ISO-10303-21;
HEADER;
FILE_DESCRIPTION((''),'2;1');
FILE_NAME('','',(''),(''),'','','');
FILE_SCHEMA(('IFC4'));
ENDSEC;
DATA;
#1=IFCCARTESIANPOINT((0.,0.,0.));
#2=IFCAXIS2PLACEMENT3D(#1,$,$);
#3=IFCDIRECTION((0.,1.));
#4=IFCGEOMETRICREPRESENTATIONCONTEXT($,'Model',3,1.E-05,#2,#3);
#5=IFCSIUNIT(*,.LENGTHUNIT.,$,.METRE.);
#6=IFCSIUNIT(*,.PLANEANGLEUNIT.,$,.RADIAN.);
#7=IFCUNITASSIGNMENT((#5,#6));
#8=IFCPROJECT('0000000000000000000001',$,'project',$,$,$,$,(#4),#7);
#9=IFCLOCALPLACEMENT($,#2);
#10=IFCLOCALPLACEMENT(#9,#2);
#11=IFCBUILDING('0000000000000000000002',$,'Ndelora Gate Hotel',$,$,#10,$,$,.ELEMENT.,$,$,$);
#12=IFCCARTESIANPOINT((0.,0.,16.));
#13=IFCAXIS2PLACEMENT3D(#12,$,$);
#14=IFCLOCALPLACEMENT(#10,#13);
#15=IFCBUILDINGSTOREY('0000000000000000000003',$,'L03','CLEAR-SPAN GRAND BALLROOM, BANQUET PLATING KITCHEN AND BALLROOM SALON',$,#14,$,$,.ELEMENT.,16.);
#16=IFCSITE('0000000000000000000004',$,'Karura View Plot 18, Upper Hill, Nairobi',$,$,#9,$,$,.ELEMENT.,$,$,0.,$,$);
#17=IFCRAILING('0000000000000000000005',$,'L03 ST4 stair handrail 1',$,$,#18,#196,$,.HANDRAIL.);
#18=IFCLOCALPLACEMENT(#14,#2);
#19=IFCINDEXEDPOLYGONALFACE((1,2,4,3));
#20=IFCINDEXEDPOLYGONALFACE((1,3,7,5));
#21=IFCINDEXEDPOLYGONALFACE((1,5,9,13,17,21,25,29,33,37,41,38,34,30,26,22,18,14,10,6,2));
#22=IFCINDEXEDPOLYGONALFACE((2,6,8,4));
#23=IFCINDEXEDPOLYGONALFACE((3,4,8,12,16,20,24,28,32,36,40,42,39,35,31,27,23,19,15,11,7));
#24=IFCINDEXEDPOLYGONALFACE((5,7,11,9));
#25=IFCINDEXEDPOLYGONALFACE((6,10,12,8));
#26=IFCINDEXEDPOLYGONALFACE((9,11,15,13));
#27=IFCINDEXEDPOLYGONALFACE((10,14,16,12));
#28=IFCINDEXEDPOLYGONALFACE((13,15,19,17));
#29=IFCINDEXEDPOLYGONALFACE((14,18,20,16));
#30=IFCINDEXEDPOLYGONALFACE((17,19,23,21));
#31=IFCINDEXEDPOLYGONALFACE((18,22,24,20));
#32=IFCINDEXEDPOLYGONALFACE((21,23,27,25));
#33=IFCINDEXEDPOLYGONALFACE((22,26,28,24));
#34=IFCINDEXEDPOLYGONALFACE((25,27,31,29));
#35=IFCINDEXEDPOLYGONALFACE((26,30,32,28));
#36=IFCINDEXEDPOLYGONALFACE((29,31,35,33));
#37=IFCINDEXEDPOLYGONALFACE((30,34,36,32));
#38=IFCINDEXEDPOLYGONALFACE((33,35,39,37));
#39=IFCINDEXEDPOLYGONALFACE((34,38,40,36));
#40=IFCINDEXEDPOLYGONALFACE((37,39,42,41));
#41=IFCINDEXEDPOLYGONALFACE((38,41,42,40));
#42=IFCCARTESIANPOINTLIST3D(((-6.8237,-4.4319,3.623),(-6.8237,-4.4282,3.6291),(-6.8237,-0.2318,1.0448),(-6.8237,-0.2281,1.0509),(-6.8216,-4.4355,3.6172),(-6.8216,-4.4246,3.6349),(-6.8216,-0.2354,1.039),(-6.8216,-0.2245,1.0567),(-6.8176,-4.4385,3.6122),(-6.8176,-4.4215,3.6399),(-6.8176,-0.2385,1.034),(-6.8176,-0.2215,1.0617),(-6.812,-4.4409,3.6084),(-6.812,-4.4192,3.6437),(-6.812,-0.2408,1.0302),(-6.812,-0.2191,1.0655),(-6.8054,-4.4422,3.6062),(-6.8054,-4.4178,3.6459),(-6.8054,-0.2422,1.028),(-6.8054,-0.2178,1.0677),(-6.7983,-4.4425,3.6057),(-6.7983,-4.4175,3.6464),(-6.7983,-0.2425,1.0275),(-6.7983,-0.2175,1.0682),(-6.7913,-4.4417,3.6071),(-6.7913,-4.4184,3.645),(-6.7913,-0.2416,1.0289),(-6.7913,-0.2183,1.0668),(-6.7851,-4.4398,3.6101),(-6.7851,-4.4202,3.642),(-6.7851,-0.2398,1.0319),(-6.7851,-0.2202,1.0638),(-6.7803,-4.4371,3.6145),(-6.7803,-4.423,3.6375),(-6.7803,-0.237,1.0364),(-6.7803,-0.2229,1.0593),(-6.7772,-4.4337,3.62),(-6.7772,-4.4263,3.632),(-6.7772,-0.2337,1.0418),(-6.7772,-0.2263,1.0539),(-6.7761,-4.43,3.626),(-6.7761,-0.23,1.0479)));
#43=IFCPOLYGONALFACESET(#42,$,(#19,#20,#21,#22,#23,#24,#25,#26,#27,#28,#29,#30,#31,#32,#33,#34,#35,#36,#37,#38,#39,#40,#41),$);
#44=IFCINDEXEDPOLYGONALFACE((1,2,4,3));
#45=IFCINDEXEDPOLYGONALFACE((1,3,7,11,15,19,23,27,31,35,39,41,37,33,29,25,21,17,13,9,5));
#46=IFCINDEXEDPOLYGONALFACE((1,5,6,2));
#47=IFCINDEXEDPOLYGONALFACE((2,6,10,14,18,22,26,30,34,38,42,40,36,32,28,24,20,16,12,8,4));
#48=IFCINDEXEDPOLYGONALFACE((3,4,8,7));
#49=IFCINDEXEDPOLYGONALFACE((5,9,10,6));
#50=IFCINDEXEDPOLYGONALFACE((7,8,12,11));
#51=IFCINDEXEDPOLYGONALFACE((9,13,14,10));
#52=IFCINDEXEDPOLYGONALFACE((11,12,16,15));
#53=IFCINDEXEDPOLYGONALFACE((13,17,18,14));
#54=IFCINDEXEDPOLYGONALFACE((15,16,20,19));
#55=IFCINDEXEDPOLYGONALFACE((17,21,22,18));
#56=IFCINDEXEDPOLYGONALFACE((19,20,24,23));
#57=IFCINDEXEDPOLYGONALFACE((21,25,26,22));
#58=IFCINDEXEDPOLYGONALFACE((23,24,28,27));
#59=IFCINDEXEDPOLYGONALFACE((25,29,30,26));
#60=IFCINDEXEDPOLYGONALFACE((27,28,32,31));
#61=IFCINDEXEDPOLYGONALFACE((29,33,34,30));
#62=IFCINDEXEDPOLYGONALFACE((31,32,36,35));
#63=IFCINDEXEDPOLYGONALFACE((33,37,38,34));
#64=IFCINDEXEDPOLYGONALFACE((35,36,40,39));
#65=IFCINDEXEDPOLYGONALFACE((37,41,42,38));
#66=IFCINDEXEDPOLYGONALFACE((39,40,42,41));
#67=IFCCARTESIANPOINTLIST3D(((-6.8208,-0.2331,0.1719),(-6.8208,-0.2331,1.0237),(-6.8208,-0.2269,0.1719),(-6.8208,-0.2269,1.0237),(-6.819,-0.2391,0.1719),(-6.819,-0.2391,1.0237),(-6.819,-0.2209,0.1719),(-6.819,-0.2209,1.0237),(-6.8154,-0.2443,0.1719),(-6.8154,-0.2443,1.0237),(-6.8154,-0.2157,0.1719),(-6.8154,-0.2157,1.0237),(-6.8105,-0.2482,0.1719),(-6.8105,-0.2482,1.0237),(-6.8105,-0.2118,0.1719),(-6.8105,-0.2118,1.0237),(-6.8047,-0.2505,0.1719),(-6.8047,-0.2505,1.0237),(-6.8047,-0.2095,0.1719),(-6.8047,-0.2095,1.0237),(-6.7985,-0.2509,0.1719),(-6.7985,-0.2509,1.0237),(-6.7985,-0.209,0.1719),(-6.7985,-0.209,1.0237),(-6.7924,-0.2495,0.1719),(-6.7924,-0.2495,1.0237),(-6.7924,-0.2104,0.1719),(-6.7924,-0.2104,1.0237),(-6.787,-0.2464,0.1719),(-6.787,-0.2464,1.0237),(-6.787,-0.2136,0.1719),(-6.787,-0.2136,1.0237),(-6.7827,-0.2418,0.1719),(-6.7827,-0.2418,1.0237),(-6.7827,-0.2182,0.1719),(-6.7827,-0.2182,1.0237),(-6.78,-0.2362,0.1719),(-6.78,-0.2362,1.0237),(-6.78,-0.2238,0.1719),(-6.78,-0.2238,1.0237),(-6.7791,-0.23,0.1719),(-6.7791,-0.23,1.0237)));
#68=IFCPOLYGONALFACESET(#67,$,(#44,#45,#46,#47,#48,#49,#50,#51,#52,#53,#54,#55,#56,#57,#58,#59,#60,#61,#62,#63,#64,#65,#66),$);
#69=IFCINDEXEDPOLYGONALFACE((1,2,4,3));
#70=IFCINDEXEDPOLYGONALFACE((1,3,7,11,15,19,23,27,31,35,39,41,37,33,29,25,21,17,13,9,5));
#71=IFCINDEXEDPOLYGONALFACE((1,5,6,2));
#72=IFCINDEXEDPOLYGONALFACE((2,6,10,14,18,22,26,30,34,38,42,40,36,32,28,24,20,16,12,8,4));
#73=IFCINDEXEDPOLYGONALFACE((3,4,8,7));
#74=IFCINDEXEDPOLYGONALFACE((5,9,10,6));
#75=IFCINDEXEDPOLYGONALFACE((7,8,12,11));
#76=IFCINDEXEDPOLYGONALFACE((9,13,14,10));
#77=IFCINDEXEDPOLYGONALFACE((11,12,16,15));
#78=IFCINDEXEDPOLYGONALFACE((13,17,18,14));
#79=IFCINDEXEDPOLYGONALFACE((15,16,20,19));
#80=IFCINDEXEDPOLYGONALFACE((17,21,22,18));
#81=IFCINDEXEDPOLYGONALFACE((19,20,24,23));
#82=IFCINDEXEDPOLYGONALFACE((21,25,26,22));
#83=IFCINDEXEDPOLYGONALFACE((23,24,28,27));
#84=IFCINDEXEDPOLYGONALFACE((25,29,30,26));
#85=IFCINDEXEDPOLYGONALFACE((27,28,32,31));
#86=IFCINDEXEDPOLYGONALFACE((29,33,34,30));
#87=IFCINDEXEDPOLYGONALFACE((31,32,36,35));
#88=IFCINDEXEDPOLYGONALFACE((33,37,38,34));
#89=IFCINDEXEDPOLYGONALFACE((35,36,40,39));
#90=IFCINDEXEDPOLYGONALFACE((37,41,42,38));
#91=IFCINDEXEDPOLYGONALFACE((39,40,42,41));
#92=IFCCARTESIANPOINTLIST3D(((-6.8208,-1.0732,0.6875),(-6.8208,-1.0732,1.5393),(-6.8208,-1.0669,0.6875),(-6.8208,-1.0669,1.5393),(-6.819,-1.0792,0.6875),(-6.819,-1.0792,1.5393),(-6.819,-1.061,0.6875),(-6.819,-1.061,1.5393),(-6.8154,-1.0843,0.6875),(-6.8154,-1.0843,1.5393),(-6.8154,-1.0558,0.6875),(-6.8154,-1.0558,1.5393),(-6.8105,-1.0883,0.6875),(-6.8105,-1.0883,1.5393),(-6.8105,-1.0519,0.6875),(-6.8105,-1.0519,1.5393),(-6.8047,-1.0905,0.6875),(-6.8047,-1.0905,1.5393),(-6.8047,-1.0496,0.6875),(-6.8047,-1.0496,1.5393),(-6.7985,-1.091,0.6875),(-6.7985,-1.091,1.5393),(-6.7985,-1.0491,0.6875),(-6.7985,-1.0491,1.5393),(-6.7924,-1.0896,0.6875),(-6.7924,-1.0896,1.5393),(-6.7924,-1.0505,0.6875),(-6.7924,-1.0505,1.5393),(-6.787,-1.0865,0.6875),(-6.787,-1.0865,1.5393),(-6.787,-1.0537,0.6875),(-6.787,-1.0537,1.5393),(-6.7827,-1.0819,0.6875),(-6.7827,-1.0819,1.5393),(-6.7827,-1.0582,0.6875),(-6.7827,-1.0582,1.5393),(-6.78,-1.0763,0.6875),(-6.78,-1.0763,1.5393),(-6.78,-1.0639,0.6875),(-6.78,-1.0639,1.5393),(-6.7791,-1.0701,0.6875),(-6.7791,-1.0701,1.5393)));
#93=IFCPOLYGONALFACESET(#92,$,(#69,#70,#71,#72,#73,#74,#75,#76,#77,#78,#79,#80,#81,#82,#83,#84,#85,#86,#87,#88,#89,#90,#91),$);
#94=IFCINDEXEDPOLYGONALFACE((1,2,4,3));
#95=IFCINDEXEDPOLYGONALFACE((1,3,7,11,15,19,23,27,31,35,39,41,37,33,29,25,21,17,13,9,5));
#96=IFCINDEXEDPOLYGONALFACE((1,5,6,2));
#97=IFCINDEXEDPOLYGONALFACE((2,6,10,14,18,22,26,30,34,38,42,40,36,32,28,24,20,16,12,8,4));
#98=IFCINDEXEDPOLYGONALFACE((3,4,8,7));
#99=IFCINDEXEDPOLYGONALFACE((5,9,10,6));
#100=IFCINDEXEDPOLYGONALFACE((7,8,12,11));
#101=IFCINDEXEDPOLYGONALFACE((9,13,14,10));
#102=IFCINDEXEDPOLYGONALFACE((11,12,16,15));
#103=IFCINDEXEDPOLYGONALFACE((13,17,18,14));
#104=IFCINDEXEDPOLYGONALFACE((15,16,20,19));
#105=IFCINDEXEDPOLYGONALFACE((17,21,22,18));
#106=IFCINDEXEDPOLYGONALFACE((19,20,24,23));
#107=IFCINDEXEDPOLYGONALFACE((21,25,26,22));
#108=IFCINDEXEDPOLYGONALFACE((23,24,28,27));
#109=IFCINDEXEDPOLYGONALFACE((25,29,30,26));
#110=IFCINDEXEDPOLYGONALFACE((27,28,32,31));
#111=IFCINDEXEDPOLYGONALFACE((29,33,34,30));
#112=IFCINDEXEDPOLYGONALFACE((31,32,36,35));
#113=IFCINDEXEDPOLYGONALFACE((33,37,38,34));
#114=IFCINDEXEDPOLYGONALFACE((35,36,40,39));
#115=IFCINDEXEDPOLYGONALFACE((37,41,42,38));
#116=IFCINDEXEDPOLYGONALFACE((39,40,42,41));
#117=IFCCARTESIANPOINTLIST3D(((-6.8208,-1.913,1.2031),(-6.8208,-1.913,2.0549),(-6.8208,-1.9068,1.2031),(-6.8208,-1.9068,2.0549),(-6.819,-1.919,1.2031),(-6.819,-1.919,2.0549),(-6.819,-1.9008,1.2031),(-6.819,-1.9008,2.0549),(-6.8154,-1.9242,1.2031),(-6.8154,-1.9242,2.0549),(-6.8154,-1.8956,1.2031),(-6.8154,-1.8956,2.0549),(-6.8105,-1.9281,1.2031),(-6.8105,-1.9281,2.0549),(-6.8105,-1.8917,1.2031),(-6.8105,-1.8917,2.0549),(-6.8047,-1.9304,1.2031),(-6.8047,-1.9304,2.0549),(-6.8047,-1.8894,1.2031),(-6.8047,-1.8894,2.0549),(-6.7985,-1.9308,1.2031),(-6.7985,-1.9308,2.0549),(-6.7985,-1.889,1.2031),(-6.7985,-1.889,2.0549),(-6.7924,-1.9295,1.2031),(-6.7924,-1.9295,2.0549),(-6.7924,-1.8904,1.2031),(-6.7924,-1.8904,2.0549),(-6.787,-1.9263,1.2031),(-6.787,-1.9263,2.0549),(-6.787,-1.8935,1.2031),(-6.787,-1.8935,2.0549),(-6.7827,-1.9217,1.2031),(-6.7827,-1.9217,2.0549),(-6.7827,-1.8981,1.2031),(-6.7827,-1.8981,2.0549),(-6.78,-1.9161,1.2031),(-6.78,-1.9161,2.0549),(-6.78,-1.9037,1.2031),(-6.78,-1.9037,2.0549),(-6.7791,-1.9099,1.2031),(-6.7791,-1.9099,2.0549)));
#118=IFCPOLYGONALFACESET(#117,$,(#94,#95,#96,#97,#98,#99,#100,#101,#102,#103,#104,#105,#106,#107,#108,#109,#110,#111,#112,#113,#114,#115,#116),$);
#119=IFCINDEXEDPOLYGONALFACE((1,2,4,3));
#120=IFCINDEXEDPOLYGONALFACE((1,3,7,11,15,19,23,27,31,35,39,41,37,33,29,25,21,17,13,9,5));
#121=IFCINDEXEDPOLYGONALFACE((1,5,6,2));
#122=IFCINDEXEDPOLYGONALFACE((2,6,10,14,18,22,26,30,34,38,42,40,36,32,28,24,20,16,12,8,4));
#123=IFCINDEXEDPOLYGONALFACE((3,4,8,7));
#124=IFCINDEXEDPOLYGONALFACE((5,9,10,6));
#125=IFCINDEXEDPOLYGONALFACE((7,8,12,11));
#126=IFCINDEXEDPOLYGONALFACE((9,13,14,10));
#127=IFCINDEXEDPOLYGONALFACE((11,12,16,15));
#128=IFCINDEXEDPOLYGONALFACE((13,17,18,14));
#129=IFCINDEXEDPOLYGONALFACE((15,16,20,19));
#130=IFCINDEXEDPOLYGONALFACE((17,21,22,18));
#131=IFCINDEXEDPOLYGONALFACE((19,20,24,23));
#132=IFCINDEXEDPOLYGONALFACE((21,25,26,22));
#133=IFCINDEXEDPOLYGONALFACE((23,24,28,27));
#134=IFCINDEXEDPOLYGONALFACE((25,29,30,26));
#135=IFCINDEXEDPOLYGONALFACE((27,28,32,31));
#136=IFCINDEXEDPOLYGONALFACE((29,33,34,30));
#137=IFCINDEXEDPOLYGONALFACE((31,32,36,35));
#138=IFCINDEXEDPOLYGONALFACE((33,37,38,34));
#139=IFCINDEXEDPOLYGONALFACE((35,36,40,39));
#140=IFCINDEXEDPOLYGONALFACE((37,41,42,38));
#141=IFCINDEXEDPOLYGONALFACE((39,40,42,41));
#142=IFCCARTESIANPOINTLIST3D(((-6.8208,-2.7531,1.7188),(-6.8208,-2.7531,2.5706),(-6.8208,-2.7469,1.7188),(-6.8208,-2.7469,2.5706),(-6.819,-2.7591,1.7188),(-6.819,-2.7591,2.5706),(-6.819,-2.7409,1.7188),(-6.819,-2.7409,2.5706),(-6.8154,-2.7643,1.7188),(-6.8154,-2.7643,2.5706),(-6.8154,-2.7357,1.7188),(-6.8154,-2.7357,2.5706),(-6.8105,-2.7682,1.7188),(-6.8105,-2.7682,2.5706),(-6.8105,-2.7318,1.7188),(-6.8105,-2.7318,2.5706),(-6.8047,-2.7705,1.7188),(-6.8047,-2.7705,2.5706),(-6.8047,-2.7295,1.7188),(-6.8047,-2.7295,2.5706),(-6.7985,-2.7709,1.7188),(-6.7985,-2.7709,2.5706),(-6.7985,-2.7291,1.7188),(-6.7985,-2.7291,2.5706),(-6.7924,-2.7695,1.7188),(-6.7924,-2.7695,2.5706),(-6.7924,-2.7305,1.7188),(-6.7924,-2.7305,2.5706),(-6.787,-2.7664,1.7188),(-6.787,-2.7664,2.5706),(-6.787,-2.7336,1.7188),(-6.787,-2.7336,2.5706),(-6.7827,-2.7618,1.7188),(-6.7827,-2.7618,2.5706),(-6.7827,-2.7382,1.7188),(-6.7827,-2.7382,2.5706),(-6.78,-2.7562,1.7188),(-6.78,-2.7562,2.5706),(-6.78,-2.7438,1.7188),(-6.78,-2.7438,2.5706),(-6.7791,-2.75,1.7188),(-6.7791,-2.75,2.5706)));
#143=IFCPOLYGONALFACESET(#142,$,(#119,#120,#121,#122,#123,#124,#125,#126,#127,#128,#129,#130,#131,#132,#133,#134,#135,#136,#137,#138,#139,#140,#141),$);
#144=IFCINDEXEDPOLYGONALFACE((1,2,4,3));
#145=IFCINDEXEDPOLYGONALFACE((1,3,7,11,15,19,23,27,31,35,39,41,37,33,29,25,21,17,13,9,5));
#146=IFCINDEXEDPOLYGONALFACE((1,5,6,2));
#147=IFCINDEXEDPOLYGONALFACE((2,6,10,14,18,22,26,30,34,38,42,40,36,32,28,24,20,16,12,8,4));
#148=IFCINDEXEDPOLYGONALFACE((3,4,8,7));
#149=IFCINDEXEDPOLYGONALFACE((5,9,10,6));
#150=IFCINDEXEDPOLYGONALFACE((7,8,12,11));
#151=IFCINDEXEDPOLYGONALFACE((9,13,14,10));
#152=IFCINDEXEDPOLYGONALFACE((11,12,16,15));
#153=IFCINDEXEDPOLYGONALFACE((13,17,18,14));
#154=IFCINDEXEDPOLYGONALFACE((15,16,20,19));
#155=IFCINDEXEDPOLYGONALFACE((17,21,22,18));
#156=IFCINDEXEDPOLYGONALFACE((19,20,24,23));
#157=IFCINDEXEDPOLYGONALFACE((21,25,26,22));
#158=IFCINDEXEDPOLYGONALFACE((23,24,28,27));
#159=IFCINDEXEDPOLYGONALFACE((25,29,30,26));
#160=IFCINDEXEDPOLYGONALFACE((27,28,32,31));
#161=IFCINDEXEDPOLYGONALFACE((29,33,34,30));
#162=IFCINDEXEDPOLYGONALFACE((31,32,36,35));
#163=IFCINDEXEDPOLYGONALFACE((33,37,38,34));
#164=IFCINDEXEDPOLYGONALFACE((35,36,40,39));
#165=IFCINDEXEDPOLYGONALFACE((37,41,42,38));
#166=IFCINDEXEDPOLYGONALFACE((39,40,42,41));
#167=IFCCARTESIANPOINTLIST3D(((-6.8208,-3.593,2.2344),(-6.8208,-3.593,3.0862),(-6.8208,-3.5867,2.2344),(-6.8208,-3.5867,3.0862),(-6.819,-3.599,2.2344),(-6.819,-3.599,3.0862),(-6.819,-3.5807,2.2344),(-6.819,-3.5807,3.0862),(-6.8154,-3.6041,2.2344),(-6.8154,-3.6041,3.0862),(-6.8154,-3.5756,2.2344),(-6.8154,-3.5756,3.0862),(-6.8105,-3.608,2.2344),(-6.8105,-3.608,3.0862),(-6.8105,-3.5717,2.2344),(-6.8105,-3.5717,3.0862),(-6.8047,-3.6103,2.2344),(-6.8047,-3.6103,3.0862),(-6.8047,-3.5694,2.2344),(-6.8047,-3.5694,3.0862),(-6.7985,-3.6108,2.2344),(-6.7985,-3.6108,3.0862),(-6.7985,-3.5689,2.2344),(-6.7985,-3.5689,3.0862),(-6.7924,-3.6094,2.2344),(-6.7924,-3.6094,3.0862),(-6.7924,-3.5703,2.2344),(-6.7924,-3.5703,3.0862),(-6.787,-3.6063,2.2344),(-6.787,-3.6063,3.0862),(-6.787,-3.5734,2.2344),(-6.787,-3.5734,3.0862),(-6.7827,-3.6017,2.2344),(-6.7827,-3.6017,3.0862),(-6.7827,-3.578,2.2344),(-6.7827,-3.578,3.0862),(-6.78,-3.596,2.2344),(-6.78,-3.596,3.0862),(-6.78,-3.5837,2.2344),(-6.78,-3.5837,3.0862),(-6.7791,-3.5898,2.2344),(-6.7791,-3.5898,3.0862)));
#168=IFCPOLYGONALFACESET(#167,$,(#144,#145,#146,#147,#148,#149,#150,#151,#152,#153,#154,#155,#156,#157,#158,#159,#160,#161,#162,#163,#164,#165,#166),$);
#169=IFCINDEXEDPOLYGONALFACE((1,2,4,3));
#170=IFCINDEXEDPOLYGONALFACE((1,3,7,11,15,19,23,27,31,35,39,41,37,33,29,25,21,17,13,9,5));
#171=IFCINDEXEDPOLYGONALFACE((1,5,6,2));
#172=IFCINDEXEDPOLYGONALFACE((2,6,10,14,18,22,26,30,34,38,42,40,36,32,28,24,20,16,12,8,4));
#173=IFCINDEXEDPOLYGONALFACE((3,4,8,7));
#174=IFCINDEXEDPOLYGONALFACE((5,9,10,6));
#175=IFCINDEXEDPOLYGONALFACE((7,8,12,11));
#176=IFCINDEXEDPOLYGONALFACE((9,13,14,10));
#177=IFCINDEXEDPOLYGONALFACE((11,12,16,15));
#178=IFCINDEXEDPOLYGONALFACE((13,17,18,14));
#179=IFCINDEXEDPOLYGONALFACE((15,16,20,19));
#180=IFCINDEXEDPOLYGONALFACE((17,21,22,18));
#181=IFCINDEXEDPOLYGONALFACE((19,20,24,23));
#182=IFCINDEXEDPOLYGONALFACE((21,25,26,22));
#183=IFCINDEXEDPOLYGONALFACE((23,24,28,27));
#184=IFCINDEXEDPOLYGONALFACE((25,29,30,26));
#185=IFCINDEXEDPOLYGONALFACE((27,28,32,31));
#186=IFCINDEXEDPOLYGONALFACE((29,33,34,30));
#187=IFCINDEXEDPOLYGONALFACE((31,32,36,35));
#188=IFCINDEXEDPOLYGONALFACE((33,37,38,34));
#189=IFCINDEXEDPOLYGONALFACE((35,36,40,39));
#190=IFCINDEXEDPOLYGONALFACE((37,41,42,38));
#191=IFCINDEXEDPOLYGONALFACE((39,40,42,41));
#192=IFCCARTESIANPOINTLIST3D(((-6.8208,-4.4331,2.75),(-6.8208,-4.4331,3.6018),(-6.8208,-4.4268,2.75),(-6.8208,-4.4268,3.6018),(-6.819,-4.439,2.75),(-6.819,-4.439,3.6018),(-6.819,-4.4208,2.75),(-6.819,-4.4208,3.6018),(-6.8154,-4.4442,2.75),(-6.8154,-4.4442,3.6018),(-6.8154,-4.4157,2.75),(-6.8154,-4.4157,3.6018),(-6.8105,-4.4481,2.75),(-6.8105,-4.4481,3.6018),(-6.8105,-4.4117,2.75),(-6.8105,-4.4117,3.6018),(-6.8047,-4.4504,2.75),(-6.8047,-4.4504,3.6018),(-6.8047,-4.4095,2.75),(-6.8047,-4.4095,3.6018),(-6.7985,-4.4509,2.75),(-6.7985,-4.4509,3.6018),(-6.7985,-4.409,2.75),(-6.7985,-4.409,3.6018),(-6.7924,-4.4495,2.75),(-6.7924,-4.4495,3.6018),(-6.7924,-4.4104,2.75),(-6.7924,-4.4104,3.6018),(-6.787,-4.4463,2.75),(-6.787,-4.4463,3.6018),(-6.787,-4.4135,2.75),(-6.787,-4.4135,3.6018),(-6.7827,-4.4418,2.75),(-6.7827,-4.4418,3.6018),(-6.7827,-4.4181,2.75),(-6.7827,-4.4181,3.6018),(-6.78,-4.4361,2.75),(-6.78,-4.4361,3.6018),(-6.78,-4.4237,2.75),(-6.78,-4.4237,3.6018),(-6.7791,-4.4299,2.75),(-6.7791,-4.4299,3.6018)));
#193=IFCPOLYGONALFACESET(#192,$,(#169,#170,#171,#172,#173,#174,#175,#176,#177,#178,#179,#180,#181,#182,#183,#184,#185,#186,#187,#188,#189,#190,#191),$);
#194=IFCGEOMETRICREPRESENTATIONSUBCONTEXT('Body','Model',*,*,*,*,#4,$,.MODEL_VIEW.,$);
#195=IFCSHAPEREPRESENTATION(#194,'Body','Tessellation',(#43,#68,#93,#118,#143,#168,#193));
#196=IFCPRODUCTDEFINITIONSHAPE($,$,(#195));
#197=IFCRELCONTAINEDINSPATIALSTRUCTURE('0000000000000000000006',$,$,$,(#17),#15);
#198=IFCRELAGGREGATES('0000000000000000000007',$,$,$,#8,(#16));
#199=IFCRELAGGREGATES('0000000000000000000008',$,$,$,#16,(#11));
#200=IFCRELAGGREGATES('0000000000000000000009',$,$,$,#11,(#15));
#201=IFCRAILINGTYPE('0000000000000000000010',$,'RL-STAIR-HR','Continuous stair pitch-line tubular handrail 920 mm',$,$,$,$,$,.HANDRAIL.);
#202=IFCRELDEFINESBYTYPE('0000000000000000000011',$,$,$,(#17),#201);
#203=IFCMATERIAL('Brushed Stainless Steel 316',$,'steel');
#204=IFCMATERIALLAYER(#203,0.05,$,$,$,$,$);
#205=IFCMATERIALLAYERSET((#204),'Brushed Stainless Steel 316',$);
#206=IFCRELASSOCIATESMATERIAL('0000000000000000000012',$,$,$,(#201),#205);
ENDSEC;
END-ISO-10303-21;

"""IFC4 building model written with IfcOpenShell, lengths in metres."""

from ifc_helpers import new_model, si_unit, direction, frame, origin, origin_2d, place, context, subcontext, project, spatial, circle, extrude, material, layer, layer_set, type_object, element, save


model = new_model("IFC4")

# Units and contexts
model_context = context("Model", 3, precision=1e-05, world=origin(), true_north=direction((0.0, 1.0)))
body_context = subcontext(model_context, "Body", "Model", "MODEL_VIEW")
ifc_project = project(units=[si_unit("LENGTHUNIT", "METRE"), si_unit("PLANEANGLEUNIT", "RADIAN")], contexts=[model_context])

# Site, building, storey
site_placement = place(None, origin())
site = spatial("IfcSite", under=ifc_project, at=site_placement, Name="Karura View Plot 18, Upper Hill, Nairobi", CompositionType="ELEMENT", RefElevation=0.0)
building_placement = place(site_placement, origin())
building = spatial("IfcBuilding", under=site, at=building_placement, Name="Ndelora Gate Hotel", CompositionType="ELEMENT")
storey_placement = place(building_placement, frame((0.0, 0.0, 16.0)))
storey = spatial("IfcBuildingStorey", under=building, at=storey_placement, Name="L03", Description="CLEAR-SPAN GRAND BALLROOM, BANQUET PLATING KITCHEN AND BALLROOM SALON", CompositionType="ELEMENT", Elevation=16.0)

# Railing
ifc_material_1 = material(Name="Brushed Stainless Steel 316", Category="steel")
ifc_layer_1 = layer(ifc_material_1, 0.05)
ifc_layer_set_1 = layer_set([ifc_layer_1], Name="Brushed Stainless Steel 316")
railing_type_1 = type_object("IfcRailingType", Name="RL-STAIR-HR", Description="Continuous stair pitch-line tubular handrail 920 mm", PredefinedType="HANDRAIL", material=ifc_layer_set_1)
railing_1_placement = place(storey_placement, frame((-6.8, -0.23, 0.1719)))
element("IfcRailing", 1, at=railing_1_placement, inside=storey, type_object=railing_type_1, Name="L03 ST4 stair handrail 1", PredefinedType="HANDRAIL", context=body_context, shape_type="SweptSolid", body=[
    extrude(circle(Radius=0.0239, at=origin_2d()), frame((0.0, 0.0, 0.876), z_axis=(0.0, -0.852243, 0.523146), x_axis=(1.0, 0.0, 0.0)), (0.0, 0.0, 1.0), 4.9282),
    extrude(circle(Radius=0.021, at=origin_2d()), origin(), (0.0, 0.0, 1.0), 0.8518),
    extrude(circle(Radius=0.021, at=origin_2d()), frame((0.0, -0.8401, 0.5156)), (0.0, 0.0, 1.0), 0.8518),
    extrude(circle(Radius=0.021, at=origin_2d()), frame((0.0, -1.6799, 1.0312)), (0.0, 0.0, 1.0), 0.8518),
    extrude(circle(Radius=0.021, at=origin_2d()), frame((0.0, -2.52, 1.5469)), (0.0, 0.0, 1.0), 0.8518),
    extrude(circle(Radius=0.021, at=origin_2d()), frame((0.0, -3.3599, 2.0625)), (0.0, 0.0, 1.0), 0.8518),
    extrude(circle(Radius=0.021, at=origin_2d()), frame((0.0, -4.2, 2.5781)), (0.0, 0.0, 1.0), 0.8518),
])

save(model, "model.ifc")
